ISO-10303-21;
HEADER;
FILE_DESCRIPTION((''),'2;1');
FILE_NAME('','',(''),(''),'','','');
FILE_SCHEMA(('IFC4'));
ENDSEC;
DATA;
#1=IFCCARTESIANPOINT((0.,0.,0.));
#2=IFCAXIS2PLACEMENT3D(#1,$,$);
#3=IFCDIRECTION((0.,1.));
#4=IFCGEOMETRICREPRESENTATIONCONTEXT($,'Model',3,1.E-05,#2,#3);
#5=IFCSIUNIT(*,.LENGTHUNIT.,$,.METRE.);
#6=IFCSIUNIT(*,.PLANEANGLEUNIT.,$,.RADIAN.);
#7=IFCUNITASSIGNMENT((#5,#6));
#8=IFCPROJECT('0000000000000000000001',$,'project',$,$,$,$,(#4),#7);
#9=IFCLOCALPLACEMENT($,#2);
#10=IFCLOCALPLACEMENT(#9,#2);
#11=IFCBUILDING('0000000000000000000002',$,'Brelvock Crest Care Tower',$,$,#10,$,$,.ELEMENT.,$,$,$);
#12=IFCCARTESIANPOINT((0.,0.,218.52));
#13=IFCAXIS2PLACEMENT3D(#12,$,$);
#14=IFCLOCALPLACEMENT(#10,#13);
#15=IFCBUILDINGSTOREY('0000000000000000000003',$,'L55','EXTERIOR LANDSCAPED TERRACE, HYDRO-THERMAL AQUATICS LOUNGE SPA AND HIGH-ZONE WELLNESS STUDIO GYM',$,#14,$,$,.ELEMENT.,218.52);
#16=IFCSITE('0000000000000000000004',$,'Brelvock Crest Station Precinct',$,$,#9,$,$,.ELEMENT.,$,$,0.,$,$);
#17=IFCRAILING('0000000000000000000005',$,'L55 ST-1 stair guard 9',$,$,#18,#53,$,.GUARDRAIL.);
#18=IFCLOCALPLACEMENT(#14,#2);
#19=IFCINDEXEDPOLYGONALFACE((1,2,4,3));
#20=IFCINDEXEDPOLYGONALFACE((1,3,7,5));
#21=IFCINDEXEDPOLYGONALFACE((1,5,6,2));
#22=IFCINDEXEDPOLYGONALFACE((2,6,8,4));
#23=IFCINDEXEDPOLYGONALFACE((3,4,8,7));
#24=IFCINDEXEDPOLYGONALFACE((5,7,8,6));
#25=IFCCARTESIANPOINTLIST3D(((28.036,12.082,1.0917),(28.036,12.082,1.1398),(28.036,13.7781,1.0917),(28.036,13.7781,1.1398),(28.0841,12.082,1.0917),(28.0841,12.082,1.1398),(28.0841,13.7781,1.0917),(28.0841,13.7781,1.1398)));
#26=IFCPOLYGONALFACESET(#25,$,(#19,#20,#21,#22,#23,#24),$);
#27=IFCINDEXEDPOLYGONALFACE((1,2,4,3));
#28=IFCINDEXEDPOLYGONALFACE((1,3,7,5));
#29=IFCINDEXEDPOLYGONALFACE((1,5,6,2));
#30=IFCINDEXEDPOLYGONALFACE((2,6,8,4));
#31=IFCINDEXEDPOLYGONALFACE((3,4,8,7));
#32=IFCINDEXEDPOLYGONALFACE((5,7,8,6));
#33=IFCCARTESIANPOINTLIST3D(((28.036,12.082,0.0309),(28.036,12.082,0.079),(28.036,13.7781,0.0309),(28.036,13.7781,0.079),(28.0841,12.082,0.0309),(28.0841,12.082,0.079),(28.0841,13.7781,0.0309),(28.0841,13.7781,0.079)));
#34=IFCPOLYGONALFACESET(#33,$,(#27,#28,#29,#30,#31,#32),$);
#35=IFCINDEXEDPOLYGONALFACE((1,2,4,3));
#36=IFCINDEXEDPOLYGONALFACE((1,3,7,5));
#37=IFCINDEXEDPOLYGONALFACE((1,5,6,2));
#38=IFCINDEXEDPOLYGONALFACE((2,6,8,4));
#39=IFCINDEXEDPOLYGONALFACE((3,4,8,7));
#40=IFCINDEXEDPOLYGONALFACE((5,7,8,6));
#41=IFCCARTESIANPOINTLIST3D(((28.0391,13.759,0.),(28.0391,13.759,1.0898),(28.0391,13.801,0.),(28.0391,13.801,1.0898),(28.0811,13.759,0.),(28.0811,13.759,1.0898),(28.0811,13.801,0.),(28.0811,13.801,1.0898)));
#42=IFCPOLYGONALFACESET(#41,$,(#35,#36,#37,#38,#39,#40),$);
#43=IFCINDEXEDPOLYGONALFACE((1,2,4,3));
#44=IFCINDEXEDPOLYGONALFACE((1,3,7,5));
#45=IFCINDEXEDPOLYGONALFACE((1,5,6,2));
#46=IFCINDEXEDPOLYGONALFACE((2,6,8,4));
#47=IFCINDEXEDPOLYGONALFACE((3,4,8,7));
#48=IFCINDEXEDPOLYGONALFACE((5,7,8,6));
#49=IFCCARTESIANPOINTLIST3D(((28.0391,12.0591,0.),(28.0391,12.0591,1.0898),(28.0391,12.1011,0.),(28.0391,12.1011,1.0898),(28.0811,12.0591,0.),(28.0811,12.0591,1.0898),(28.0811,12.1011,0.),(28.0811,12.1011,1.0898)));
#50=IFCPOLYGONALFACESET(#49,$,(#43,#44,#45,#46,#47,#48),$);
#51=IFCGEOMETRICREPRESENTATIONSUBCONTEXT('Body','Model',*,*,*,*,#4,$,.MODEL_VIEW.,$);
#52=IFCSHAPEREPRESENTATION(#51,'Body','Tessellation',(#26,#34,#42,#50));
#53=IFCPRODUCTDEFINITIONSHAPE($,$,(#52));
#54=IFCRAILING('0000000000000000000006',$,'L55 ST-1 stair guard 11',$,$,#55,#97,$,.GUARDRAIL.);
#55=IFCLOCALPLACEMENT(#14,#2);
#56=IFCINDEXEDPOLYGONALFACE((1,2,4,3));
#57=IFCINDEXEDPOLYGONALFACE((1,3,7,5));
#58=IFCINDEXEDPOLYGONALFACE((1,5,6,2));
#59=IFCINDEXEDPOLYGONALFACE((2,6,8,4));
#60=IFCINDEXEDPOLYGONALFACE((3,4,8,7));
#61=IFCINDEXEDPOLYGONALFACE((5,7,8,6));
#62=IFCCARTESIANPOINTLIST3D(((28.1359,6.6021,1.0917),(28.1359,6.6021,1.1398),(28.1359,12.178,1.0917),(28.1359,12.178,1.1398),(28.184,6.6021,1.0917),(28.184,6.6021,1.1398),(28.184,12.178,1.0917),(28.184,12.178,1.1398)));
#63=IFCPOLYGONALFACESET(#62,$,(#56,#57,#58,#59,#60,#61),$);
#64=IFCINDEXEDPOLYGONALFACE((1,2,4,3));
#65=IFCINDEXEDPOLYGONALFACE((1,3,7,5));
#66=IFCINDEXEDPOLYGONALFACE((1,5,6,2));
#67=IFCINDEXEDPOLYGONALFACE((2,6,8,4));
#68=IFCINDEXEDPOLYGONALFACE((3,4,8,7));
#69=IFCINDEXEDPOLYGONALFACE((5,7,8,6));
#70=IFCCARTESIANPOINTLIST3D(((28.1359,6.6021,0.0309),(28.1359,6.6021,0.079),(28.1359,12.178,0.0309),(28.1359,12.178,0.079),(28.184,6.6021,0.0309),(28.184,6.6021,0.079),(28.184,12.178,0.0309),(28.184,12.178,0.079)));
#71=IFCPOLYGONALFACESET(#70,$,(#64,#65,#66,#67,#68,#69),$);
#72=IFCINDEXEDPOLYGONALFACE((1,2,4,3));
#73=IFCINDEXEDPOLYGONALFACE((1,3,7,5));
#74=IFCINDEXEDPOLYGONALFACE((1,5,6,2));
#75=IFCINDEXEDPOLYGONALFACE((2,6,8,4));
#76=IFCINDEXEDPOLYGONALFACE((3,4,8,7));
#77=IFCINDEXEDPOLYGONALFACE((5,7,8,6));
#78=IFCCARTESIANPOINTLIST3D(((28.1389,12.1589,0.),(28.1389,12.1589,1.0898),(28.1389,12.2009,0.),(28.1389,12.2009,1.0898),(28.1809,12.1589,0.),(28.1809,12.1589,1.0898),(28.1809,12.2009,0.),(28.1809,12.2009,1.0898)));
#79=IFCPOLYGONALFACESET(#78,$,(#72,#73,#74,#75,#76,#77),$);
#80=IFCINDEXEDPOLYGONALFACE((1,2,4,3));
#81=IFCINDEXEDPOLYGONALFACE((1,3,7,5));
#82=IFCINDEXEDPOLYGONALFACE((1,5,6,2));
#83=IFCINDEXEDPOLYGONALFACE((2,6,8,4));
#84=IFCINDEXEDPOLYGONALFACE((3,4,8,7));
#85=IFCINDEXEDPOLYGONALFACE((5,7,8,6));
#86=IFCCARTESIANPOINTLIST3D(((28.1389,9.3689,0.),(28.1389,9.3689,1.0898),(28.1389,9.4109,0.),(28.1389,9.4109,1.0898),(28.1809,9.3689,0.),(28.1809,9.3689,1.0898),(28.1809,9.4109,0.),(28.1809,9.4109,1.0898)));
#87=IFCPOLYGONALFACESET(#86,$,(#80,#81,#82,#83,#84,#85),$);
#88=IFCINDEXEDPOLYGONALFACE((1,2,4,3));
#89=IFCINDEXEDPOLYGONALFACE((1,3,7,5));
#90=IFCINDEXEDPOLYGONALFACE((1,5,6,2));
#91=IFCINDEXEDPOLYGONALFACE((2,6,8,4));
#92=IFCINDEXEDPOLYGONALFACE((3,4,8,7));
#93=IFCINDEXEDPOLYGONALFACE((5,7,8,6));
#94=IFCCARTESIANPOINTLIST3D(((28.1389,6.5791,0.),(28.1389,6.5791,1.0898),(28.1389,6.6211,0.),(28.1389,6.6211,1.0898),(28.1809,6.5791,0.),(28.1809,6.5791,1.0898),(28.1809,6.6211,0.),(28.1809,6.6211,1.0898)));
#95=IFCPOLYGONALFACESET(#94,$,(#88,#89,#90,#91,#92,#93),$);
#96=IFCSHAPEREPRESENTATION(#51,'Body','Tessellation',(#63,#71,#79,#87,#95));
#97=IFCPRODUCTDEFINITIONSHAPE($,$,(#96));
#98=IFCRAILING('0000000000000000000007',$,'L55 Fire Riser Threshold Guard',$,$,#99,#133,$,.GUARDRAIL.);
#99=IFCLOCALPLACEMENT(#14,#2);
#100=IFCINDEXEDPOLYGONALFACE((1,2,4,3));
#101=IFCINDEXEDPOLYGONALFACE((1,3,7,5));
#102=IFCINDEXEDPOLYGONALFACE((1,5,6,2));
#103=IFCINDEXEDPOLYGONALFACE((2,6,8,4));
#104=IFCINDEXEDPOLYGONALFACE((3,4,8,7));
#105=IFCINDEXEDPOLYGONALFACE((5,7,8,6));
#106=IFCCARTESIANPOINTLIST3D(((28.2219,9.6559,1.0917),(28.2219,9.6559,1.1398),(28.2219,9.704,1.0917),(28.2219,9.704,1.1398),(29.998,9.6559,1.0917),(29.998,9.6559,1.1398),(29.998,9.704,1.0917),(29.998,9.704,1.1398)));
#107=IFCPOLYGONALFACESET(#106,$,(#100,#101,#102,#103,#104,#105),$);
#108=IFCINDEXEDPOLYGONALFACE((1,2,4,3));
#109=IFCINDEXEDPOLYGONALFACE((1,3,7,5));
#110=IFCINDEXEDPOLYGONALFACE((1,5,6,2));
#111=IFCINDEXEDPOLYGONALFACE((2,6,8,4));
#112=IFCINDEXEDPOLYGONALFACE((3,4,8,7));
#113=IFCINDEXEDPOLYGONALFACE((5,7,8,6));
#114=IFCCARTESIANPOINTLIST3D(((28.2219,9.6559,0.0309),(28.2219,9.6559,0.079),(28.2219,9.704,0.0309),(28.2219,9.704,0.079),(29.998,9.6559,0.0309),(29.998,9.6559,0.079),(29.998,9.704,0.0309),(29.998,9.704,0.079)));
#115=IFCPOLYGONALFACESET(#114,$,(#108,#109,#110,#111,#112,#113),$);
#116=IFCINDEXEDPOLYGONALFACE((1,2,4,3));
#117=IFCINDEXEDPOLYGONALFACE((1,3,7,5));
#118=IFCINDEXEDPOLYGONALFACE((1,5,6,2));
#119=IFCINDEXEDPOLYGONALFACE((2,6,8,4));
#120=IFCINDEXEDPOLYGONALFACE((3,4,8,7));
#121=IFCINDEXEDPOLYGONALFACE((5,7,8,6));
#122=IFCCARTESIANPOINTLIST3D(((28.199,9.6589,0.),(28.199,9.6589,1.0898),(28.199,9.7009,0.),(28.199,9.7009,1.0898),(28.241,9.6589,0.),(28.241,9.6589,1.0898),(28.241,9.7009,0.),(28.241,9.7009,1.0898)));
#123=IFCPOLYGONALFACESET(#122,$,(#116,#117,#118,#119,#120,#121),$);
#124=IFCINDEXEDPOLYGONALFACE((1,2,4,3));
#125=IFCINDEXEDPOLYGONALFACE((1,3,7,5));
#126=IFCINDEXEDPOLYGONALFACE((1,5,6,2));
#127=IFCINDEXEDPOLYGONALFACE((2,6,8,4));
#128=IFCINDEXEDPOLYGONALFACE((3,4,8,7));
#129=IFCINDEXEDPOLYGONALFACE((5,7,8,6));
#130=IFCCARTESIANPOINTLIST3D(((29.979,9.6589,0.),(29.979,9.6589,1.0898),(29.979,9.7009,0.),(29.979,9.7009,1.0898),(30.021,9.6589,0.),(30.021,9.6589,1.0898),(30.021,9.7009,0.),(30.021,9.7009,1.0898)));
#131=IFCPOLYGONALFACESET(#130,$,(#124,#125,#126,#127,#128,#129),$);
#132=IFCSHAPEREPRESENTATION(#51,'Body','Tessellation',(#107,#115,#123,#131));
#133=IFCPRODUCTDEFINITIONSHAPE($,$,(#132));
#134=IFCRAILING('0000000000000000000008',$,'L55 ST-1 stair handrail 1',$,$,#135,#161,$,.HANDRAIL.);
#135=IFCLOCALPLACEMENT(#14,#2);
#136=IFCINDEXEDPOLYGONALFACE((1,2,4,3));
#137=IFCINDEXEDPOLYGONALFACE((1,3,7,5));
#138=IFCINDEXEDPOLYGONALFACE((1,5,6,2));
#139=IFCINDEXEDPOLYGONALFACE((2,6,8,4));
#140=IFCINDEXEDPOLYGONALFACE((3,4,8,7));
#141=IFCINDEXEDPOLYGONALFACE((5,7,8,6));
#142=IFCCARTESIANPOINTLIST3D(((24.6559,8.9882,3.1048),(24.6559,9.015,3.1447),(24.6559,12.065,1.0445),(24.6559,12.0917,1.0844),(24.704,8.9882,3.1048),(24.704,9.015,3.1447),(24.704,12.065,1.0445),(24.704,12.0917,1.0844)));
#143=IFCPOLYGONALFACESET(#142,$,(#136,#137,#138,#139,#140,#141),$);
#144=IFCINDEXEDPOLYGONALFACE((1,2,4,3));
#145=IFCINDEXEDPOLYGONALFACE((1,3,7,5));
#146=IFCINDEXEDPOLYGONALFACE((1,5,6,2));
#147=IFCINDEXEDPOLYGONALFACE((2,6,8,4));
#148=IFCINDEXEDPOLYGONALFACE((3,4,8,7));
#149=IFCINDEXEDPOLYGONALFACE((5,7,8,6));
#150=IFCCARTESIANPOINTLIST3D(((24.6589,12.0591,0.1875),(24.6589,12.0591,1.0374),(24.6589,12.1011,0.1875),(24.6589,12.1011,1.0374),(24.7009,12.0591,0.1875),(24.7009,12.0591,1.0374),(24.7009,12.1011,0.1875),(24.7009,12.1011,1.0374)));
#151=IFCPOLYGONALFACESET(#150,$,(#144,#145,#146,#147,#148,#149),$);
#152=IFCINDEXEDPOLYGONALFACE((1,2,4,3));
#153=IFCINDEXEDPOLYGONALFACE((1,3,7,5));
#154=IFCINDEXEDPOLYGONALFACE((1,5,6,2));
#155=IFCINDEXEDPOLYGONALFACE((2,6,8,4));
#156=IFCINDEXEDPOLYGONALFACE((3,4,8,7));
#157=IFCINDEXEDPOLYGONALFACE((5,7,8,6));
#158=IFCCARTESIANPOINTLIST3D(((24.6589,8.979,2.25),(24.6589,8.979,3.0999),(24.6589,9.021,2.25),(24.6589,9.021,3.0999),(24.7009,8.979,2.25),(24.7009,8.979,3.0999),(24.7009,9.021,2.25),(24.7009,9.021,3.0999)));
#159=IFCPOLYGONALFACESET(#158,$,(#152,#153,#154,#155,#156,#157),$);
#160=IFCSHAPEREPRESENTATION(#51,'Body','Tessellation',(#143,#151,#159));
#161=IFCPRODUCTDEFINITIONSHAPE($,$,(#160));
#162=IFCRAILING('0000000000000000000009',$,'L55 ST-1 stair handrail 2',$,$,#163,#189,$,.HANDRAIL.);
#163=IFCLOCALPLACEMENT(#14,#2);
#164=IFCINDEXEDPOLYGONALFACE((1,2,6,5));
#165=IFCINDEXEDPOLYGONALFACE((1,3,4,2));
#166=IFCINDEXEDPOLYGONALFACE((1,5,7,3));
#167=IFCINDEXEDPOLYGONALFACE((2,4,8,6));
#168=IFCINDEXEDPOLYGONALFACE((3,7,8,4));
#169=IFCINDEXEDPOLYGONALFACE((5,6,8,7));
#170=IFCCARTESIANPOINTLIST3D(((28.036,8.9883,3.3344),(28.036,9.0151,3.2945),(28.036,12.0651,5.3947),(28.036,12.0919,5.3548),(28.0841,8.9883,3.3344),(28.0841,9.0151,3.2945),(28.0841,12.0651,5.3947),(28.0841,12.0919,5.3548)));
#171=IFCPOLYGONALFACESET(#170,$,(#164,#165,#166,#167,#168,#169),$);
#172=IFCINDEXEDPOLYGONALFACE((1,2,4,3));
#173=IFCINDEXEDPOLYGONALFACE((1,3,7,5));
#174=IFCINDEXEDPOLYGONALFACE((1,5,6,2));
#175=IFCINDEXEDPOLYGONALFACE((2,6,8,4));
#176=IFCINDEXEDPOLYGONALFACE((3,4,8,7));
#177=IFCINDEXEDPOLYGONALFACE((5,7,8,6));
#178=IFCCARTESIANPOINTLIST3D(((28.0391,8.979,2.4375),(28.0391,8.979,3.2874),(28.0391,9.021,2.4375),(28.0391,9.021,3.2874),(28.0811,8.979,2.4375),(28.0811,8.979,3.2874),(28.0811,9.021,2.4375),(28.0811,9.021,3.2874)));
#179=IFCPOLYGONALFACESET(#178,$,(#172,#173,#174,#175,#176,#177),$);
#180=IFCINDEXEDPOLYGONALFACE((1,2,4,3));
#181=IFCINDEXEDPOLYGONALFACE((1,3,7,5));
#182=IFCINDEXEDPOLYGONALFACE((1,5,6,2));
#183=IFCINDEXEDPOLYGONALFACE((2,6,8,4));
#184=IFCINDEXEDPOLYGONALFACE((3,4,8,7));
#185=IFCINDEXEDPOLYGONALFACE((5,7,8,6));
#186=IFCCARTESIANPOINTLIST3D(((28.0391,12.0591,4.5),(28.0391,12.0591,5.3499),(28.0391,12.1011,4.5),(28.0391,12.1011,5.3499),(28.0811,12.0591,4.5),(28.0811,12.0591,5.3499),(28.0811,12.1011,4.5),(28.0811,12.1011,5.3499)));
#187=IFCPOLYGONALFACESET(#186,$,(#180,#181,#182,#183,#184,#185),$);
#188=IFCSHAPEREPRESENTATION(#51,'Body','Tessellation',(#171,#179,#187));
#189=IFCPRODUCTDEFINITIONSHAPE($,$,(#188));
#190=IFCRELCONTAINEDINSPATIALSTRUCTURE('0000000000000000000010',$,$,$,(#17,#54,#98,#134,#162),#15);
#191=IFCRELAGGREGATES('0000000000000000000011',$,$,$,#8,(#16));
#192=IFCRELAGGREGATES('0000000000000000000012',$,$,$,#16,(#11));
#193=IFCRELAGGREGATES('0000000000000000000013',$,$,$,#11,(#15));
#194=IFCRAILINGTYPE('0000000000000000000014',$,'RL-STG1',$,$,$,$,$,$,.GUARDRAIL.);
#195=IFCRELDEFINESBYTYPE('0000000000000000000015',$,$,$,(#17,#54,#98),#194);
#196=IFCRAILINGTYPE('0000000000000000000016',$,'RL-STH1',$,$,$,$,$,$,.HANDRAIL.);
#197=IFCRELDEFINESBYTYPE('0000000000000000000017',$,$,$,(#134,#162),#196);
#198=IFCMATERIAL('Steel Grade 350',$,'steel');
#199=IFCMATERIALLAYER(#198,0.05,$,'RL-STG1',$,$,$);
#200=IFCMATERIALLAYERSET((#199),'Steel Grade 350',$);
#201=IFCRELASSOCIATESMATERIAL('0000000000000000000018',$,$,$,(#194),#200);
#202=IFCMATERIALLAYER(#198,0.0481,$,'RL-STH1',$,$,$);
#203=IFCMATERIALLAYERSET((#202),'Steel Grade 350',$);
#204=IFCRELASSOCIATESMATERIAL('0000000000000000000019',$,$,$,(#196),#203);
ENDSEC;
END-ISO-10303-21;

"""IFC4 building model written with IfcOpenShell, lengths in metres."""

from ifc_helpers import new_model, si_unit, direction, frame, origin, origin_2d, place, context, subcontext, project, spatial, rectangle, extrude, material, layer, layer_set, type_object, element, save


model = new_model("IFC4")

# Units and contexts
model_context = context("Model", 3, precision=1e-05, world=origin(), true_north=direction((0.0, 1.0)))
body_context = subcontext(model_context, "Body", "Model", "MODEL_VIEW")
ifc_project = project(units=[si_unit("LENGTHUNIT", "METRE"), si_unit("PLANEANGLEUNIT", "RADIAN")], contexts=[model_context])

# Site, building, storey
site_placement = place(None, origin())
site = spatial("IfcSite", under=ifc_project, at=site_placement, Name="Brelvock Crest Station Precinct", CompositionType="ELEMENT", RefElevation=0.0)
building_placement = place(site_placement, origin())
building = spatial("IfcBuilding", under=site, at=building_placement, Name="Brelvock Crest Care Tower", CompositionType="ELEMENT")
storey_placement = place(building_placement, frame((0.0, 0.0, 218.52)))
storey = spatial("IfcBuildingStorey", under=building, at=storey_placement, Name="L55", Description="EXTERIOR LANDSCAPED TERRACE, HYDRO-THERMAL AQUATICS LOUNGE SPA AND HIGH-ZONE WELLNESS STUDIO GYM", CompositionType="ELEMENT", Elevation=218.52)

# Shared definitions
ifc_material_1 = material(Name="Steel Grade 350", Category="steel")

# Railings
ifc_layer_1 = layer(ifc_material_1, 0.05, Name="RL-STG1")
ifc_layer_set_1 = layer_set([ifc_layer_1], Name="Steel Grade 350")
railing_type_1 = type_object("IfcRailingType", Name="RL-STG1", PredefinedType="GUARDRAIL", material=ifc_layer_set_1)
for number, where, name in (
    (1, (28.0601, 13.78, 0.0), "L55 ST-1 stair guard 9"),
):
    element("IfcRailing", number, at=place(storey_placement, frame(where)), inside=storey, type_object=railing_type_1, Name=name, PredefinedType="GUARDRAIL", context=body_context, shape_type="SweptSolid", body=[
        extrude(rectangle(XDim=0.0481, YDim=0.0481, at=origin_2d()), frame((0.0, -0.002, 1.1157), z_axis=(0.0, -1.0, 0.0), x_axis=(1.0, 0.0, 0.0)), (0.0, 0.0, 1.0), 1.696),
        extrude(rectangle(XDim=0.0481, YDim=0.0481, at=origin_2d()), frame((0.0, -0.002, 0.0549), z_axis=(0.0, -1.0, 0.0), x_axis=(1.0, 0.0, 0.0)), (0.0, 0.0, 1.0), 1.696),
        extrude(rectangle(XDim=0.042, YDim=0.042, at=origin_2d()), origin(), (0.0, 0.0, 1.0), 1.0898),
        extrude(rectangle(XDim=0.042, YDim=0.042, at=origin_2d()), frame((0.0, -1.7, 0.0)), (0.0, 0.0, 1.0), 1.0898),
    ])
railing_1_placement = place(storey_placement, frame((28.1599, 12.1799, 0.0)))
element("IfcRailing", 2, at=railing_1_placement, inside=storey, type_object=railing_type_1, Name="L55 ST-1 stair guard 11", PredefinedType="GUARDRAIL", context=body_context, shape_type="SweptSolid", body=[
    extrude(rectangle(XDim=0.0481, YDim=0.0481, at=origin_2d()), frame((0.0, -0.002, 1.1157), z_axis=(0.0, -1.0, 0.0), x_axis=(1.0, 0.0, 0.0)), (0.0, 0.0, 1.0), 5.5759),
    extrude(rectangle(XDim=0.0481, YDim=0.0481, at=origin_2d()), frame((0.0, -0.002, 0.0549), z_axis=(0.0, -1.0, 0.0), x_axis=(1.0, 0.0, 0.0)), (0.0, 0.0, 1.0), 5.5759),
    extrude(rectangle(XDim=0.042, YDim=0.042, at=origin_2d()), origin(), (0.0, 0.0, 1.0), 1.0898),
    extrude(rectangle(XDim=0.042, YDim=0.042, at=origin_2d()), frame((0.0, -2.79, 0.0)), (0.0, 0.0, 1.0), 1.0898),
    extrude(rectangle(XDim=0.042, YDim=0.042, at=origin_2d()), frame((0.0, -5.5798, 0.0)), (0.0, 0.0, 1.0), 1.0898),
])
railing_2_placement = place(storey_placement, frame((28.22, 9.6799, 0.0)))
element("IfcRailing", 3, at=railing_2_placement, inside=storey, type_object=railing_type_1, Name="L55 Fire Riser Threshold Guard", PredefinedType="GUARDRAIL", context=body_context, shape_type="SweptSolid", body=[
    extrude(rectangle(XDim=0.0481, YDim=0.0481, at=origin_2d()), frame((0.002, 0.0, 1.1157), z_axis=(1.0, 0.0, 0.0), x_axis=(0.0, 1.0, 0.0)), (0.0, 0.0, 1.0), 1.7761),
    extrude(rectangle(XDim=0.0481, YDim=0.0481, at=origin_2d()), frame((0.002, 0.0, 0.0549), z_axis=(1.0, 0.0, 0.0), x_axis=(0.0, 1.0, 0.0)), (0.0, 0.0, 1.0), 1.7761),
    extrude(rectangle(XDim=0.042, YDim=0.042, at=origin_2d()), origin(), (0.0, 0.0, 1.0), 1.0898),
    extrude(rectangle(XDim=0.042, YDim=0.042, at=origin_2d()), frame((1.78, 0.0, 0.0)), (0.0, 0.0, 1.0), 1.0898),
])
ifc_layer_2 = layer(ifc_material_1, 0.0481, Name="RL-STH1")
ifc_layer_set_2 = layer_set([ifc_layer_2], Name="Steel Grade 350")
railing_type_2 = type_object("IfcRailingType", Name="RL-STH1", PredefinedType="HANDRAIL", material=ifc_layer_set_2)
railing_3_placement = place(storey_placement, frame((24.6799, 12.0801, 0.1875)))
element("IfcRailing", 4, at=railing_3_placement, inside=storey, type_object=railing_type_2, Name="L55 ST-1 stair handrail 1", PredefinedType="HANDRAIL", context=body_context, shape_type="SweptSolid", body=[
    extrude(rectangle(XDim=0.0481, YDim=0.0481, at=origin_2d()), frame((0.0, -0.0017, 0.877), z_axis=(0.0, -0.830914, 0.556401), x_axis=(1.0, 0.0, 0.0)), (0.0, 0.0, 1.0), 3.7029),
    extrude(rectangle(XDim=0.042, YDim=0.042, at=origin_2d()), origin(), (0.0, 0.0, 1.0), 0.8499),
    extrude(rectangle(XDim=0.042, YDim=0.042, at=origin_2d()), frame((0.0, -3.0801, 2.0625)), (0.0, 0.0, 1.0), 0.8499),
])
railing_4_placement = place(storey_placement, frame((28.0601, 9.0, 2.4375)))
element("IfcRailing", 5, at=railing_4_placement, inside=storey, type_object=railing_type_2, Name="L55 ST-1 stair handrail 2", PredefinedType="HANDRAIL", context=body_context, shape_type="SweptSolid", body=[
    extrude(rectangle(XDim=0.0481, YDim=0.0481, at=origin_2d()), frame((0.0, 0.0017, 0.877), z_axis=(0.0, 0.830914, 0.556401), x_axis=(-1.0, 0.0, 0.0)), (0.0, 0.0, 1.0), 3.7029),
    extrude(rectangle(XDim=0.042, YDim=0.042, at=origin_2d()), origin(), (0.0, 0.0, 1.0), 0.8499),
    extrude(rectangle(XDim=0.042, YDim=0.042, at=origin_2d()), frame((0.0, 3.0801, 2.0625)), (0.0, 0.0, 1.0), 0.8499),
])

save(model, "model.ifc")
